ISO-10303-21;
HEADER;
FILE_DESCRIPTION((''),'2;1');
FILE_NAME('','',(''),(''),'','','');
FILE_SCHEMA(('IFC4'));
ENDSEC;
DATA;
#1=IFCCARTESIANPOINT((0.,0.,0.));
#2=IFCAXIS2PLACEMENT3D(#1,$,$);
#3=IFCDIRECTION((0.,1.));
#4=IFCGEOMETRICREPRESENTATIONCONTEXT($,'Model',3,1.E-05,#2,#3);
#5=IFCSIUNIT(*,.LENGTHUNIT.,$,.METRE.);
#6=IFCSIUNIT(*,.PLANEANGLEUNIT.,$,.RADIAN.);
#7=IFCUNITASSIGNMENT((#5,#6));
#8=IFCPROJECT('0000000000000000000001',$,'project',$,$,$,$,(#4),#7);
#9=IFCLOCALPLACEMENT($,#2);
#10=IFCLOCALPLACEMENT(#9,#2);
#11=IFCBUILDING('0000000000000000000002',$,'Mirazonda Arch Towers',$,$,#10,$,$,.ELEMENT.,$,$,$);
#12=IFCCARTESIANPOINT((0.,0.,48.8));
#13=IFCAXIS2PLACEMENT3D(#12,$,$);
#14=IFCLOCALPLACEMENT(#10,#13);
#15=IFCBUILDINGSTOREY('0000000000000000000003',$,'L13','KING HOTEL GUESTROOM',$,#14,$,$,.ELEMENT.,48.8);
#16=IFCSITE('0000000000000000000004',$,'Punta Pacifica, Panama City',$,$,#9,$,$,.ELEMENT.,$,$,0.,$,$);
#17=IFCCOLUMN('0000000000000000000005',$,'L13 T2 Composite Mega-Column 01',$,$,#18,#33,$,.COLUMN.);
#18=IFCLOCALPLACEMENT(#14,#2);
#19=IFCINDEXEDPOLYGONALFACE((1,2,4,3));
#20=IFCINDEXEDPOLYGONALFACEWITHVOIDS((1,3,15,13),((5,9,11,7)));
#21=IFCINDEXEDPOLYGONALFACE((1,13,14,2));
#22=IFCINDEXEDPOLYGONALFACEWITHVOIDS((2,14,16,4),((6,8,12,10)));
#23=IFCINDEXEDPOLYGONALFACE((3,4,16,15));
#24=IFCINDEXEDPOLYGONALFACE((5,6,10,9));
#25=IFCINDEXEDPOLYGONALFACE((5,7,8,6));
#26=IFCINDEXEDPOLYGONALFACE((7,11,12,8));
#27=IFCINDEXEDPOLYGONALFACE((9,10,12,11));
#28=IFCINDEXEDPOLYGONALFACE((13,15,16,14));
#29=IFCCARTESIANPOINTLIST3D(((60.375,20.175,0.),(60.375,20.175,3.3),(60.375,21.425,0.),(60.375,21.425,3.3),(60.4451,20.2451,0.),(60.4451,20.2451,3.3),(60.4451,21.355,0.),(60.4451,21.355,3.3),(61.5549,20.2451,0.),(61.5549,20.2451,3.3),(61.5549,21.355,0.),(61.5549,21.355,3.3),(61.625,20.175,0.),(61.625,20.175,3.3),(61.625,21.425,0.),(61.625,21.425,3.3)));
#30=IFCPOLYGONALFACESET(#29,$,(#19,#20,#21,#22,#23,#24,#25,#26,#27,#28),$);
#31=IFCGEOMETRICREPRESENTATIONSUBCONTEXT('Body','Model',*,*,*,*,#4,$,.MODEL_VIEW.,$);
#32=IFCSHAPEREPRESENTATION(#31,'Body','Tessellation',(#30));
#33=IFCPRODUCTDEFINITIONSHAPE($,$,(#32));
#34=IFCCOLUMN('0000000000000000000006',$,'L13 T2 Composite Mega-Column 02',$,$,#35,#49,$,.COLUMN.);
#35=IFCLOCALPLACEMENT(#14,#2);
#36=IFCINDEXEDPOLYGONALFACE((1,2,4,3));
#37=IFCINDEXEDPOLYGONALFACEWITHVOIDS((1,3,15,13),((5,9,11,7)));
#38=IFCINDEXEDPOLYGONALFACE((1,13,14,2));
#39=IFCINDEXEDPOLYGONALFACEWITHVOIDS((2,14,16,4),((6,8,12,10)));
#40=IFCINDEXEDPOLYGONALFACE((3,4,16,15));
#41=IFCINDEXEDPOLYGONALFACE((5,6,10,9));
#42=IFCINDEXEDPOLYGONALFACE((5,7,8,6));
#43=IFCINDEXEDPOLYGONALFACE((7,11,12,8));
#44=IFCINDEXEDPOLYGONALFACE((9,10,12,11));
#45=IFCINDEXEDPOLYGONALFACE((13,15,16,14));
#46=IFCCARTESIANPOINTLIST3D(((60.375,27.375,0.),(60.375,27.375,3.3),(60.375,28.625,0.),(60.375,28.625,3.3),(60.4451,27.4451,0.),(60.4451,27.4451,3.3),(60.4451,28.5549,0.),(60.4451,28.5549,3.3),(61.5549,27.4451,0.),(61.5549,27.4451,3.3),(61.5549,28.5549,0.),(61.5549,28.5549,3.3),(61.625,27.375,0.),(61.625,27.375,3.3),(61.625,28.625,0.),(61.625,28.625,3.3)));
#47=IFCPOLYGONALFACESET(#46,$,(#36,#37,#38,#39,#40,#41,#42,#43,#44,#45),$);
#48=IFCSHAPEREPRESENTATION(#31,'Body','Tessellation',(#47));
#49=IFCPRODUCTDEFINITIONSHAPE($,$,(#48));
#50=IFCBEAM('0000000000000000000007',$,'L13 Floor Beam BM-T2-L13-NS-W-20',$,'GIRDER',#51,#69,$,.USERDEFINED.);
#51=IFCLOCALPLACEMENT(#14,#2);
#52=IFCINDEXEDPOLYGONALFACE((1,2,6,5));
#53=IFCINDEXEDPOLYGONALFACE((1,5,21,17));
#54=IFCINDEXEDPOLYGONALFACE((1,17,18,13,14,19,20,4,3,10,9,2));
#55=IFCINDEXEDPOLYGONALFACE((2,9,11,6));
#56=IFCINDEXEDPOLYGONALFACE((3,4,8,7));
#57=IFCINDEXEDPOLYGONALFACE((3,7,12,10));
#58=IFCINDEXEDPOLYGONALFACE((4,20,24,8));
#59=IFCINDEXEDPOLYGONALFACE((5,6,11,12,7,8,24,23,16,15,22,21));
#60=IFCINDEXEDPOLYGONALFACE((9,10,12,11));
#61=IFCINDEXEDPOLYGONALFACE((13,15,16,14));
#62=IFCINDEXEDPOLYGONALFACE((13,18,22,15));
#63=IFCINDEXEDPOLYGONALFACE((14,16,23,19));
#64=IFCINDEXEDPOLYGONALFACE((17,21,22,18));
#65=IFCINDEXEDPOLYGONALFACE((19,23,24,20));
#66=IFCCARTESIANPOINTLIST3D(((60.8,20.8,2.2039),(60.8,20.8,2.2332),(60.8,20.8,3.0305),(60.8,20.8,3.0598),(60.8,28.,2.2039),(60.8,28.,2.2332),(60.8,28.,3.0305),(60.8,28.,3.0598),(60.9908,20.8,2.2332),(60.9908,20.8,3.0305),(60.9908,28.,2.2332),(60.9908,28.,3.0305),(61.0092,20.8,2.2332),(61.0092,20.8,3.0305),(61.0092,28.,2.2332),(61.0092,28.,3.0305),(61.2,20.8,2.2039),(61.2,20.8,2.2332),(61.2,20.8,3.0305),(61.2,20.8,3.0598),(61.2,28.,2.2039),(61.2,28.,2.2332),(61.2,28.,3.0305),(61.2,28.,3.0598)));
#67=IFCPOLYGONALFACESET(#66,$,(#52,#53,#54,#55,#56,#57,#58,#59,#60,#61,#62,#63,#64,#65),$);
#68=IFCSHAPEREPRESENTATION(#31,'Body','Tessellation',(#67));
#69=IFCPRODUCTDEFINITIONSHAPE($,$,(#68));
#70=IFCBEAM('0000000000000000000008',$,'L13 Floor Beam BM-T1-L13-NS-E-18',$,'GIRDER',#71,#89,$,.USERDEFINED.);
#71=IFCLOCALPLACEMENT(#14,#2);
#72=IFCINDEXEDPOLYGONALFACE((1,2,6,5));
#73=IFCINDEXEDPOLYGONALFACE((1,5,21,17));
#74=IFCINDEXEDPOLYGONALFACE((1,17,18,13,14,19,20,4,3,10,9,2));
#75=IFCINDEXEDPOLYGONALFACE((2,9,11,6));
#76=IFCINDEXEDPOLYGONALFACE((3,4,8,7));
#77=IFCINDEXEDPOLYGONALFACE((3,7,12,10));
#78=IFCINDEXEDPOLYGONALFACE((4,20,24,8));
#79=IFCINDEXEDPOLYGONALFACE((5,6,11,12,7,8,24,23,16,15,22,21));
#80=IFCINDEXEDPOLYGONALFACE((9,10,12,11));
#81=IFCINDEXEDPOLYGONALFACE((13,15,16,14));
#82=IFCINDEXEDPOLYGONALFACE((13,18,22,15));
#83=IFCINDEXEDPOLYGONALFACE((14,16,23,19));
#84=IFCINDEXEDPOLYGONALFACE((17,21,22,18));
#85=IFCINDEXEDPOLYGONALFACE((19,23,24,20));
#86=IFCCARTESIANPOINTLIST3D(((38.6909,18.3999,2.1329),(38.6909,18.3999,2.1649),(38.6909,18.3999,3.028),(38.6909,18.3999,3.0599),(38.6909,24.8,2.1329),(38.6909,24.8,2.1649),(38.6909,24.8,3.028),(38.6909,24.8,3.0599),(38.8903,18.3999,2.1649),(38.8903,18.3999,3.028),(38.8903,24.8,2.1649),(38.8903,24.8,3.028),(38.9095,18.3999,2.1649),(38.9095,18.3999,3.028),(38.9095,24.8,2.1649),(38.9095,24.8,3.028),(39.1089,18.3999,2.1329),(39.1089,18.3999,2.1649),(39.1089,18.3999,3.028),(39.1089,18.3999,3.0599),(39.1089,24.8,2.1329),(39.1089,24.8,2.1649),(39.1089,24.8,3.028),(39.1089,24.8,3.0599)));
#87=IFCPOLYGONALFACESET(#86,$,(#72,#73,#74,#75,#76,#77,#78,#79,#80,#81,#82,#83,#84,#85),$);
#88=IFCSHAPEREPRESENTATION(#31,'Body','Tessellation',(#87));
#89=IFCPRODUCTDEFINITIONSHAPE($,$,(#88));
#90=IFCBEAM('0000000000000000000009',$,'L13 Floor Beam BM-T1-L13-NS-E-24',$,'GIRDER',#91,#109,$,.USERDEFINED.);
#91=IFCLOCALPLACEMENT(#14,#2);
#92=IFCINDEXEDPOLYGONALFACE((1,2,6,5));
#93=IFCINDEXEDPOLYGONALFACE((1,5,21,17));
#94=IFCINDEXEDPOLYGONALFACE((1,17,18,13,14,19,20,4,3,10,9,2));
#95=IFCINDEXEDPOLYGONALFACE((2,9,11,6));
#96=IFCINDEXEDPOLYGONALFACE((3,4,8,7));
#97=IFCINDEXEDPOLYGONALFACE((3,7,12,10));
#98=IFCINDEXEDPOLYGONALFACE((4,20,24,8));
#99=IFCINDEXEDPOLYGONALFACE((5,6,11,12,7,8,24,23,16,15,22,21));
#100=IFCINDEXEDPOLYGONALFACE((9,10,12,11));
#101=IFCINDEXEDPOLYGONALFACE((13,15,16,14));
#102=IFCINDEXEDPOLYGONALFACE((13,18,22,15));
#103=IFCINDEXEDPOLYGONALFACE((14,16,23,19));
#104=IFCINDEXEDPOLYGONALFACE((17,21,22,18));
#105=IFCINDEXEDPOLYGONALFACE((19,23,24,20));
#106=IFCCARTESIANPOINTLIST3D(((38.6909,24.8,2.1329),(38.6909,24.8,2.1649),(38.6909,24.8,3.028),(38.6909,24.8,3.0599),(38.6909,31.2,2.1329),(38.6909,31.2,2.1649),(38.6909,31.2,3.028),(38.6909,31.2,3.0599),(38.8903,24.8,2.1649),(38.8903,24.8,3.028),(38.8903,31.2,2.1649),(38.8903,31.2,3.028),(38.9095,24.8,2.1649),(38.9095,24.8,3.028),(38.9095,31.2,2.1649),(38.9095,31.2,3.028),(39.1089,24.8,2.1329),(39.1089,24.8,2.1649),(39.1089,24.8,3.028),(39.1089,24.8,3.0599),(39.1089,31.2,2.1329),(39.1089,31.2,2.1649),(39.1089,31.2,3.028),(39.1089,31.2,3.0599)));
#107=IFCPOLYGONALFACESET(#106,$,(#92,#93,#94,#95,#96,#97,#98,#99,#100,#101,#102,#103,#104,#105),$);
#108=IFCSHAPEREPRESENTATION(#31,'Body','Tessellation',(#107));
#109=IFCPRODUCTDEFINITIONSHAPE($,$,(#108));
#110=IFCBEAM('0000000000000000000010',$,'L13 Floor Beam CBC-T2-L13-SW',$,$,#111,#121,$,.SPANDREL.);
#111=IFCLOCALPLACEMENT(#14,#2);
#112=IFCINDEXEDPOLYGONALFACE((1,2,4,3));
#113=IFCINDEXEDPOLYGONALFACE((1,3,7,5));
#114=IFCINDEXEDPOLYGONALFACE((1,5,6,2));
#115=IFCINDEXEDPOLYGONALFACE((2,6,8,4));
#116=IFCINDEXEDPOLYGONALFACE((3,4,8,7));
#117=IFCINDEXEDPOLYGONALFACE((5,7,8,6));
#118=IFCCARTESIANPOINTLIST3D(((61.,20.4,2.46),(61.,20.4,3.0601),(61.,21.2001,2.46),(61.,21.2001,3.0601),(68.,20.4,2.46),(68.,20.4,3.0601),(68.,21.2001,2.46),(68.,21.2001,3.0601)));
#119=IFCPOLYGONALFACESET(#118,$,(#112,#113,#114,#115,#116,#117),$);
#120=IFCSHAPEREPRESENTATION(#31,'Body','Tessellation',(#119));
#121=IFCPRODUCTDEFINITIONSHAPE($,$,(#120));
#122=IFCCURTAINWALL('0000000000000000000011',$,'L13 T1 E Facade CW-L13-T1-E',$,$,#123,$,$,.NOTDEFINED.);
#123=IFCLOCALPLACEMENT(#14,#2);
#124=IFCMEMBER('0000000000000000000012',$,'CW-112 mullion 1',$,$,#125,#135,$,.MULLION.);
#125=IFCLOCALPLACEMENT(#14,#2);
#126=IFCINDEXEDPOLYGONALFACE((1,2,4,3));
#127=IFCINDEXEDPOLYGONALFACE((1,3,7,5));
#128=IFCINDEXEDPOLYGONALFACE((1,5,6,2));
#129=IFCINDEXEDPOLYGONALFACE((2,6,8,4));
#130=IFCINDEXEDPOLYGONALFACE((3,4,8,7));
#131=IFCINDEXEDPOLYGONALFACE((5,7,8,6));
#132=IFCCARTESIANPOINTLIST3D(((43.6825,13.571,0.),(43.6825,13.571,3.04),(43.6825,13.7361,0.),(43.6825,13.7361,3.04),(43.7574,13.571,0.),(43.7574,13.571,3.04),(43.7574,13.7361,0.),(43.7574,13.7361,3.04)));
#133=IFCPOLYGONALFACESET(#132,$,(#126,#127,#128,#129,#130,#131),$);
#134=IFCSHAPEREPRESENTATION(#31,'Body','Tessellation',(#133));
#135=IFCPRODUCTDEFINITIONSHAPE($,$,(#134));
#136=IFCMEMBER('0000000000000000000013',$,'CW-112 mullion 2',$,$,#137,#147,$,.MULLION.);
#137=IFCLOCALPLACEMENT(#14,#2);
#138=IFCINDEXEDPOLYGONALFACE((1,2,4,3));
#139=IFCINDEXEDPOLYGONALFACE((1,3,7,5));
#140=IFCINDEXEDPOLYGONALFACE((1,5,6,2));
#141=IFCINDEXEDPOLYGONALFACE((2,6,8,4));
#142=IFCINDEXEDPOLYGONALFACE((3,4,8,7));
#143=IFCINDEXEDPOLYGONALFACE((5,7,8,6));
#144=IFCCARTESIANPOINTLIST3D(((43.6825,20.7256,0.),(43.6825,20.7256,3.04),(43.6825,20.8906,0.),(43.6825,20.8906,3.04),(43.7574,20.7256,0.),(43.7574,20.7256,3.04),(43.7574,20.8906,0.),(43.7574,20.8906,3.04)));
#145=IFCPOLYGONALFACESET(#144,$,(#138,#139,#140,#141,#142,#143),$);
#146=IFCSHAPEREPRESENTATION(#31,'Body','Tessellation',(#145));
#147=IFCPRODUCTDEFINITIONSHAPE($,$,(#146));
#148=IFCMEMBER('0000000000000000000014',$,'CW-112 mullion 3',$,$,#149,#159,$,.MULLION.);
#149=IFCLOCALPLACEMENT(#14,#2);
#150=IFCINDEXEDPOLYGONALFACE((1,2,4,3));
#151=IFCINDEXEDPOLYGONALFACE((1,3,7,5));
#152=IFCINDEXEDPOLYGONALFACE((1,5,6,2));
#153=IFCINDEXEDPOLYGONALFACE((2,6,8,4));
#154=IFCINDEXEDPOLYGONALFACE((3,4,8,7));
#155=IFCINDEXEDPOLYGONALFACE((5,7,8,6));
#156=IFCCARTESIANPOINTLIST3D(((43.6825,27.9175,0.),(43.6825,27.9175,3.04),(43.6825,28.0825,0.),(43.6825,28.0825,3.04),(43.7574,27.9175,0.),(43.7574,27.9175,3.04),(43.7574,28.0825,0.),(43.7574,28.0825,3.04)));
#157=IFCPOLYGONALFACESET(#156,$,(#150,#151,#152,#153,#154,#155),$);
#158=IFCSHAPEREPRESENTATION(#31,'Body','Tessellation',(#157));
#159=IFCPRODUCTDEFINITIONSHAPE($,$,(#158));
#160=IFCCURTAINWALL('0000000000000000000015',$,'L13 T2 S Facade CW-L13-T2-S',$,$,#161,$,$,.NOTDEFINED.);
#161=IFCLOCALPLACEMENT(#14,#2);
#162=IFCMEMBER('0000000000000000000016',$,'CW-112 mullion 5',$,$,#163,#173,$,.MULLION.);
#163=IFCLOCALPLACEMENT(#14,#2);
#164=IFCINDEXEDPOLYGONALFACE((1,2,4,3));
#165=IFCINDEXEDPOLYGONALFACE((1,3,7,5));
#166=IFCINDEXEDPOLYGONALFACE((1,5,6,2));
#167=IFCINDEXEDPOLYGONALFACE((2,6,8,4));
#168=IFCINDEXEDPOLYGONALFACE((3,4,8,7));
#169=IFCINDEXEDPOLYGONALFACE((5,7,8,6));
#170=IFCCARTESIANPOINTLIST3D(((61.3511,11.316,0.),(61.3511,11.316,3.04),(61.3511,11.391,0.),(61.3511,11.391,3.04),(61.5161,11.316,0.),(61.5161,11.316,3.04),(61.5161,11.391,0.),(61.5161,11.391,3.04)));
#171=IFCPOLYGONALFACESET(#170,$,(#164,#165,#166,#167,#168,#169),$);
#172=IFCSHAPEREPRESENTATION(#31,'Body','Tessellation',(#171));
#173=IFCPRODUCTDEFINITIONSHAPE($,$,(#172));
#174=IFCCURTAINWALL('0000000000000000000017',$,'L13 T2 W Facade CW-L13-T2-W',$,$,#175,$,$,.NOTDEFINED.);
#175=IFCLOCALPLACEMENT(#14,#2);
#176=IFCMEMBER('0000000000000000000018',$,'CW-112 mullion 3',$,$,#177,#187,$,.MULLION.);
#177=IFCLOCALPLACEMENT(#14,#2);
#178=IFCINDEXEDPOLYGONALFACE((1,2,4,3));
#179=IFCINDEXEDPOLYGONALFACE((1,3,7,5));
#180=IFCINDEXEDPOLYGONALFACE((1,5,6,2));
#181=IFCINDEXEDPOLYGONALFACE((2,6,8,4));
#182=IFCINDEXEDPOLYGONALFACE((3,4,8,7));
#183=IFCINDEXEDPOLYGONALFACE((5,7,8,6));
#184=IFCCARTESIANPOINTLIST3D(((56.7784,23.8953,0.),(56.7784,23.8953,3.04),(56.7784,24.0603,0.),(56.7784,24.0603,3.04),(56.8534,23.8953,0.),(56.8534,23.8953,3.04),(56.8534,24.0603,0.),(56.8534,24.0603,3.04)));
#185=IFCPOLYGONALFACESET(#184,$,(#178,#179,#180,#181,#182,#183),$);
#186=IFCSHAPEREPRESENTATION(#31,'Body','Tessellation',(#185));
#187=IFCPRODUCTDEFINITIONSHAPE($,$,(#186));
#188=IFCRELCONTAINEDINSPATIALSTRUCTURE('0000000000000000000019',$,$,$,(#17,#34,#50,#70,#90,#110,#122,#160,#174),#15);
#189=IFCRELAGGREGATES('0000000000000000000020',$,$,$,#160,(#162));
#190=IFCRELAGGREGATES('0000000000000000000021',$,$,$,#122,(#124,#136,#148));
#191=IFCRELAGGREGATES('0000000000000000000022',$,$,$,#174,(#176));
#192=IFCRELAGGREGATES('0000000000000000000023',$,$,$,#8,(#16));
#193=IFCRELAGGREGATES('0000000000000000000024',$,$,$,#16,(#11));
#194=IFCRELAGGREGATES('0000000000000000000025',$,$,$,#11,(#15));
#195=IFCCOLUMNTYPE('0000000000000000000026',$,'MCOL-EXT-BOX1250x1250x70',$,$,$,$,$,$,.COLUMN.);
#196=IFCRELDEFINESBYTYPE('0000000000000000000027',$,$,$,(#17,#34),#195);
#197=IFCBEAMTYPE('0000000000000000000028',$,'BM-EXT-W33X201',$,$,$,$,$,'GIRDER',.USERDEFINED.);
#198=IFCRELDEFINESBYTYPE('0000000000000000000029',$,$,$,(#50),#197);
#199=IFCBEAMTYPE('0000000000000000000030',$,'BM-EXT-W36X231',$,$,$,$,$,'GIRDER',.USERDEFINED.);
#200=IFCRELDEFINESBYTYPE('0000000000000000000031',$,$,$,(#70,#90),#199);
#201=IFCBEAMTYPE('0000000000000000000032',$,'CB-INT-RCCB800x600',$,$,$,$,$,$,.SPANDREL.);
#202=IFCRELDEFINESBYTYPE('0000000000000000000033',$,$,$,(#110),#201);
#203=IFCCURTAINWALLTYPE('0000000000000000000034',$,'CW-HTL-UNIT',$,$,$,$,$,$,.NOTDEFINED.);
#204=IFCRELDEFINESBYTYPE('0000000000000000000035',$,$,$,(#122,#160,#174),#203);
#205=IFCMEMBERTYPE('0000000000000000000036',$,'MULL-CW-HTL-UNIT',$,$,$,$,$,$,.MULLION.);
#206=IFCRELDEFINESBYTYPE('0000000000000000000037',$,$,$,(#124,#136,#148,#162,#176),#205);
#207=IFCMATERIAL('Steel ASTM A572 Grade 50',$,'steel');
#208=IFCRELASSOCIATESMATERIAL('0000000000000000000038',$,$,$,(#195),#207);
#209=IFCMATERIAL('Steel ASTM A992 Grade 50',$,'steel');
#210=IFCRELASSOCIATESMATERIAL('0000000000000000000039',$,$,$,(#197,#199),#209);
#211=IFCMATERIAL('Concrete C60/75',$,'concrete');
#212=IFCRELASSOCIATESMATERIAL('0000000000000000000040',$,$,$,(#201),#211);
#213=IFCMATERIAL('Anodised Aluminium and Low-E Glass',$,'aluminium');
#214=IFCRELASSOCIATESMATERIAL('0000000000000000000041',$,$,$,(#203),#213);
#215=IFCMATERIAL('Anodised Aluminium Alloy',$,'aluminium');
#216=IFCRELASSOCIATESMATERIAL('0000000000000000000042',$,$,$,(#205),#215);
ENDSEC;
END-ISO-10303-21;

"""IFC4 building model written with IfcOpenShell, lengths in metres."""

from ifc_helpers import new_model, si_unit, direction, frame, origin, origin_2d, place, context, subcontext, project, spatial, rectangle, hollow_rectangle, i_section, extrude, material, material_profile, profile_set, type_object, element, aggregate, save


model = new_model("IFC4")

# Units and contexts
model_context = context("Model", 3, precision=1e-05, world=origin(), true_north=direction((0.0, 1.0)))
body_context = subcontext(model_context, "Body", "Model", "MODEL_VIEW")
ifc_project = project(units=[si_unit("LENGTHUNIT", "METRE"), si_unit("PLANEANGLEUNIT", "RADIAN")], contexts=[model_context])

# Site, building, storey
site_placement = place(None, origin())
site = spatial("IfcSite", under=ifc_project, at=site_placement, Name="Punta Pacifica, Panama City", CompositionType="ELEMENT", RefElevation=0.0)
building_placement = place(site_placement, origin())
building = spatial("IfcBuilding", under=site, at=building_placement, Name="Mirazonda Arch Towers", CompositionType="ELEMENT")
storey_placement = place(building_placement, frame((0.0, 0.0, 48.8)))
storey = spatial("IfcBuildingStorey", under=building, at=storey_placement, Name="L13", Description="KING HOTEL GUESTROOM", CompositionType="ELEMENT", Elevation=48.8)

# Columns
ifc_material_1 = material(Name="Steel ASTM A572 Grade 50", Category="steel")
ifc_material_profile_1 = material_profile(ifc_material_1, hollow_rectangle(XDim=1.25, YDim=1.25, WallThickness=0.0701, at=origin_2d()), Name="BOX1250x1250x70")
ifc_profile_set_1 = profile_set([ifc_material_profile_1], Name="Steel ASTM A572 Grade 50")
column_type = type_object("IfcColumnType", Name="MCOL-EXT-BOX1250x1250x70", PredefinedType="COLUMN", material=ifc_profile_set_1)
for number, where, z_axis, x_axis, name in (
    (1, (61.0, 20.8, 0.0), (0.0, 0.0, 1.0), (1.0, 0.0, 0.0), "L13 T2 Composite Mega-Column 01"),
    (2, (61.0, 28.0, 0.0), (0.0, 0.0, 1.0), (1.0, 0.0, 0.0), "L13 T2 Composite Mega-Column 02"),
):
    element("IfcColumn", number, at=place(storey_placement, frame(where, z_axis=z_axis, x_axis=x_axis)), inside=storey, type_object=column_type, Name=name, PredefinedType="COLUMN", context=body_context, shape_type="SweptSolid", body=[
        extrude(hollow_rectangle(XDim=1.25, YDim=1.25, WallThickness=0.0701, at=origin_2d()), origin(), (0.0, 0.0, 1.0), 3.3),
    ])

# Beams
ifc_material_2 = material(Name="Steel ASTM A992 Grade 50", Category="steel")
ifc_material_profile_2 = material_profile(ifc_material_2, i_section(OverallWidth=0.3999, OverallDepth=0.856, WebThickness=0.0183, FlangeThickness=0.0293, at=origin_2d()), Name="W33X201")
ifc_profile_set_2 = profile_set([ifc_material_profile_2], Name="Steel ASTM A992 Grade 50")
beam_type_1 = type_object("IfcBeamType", Name="BM-EXT-W33X201", ElementType="GIRDER", PredefinedType="USERDEFINED", material=ifc_profile_set_2)
beam_1_placement = place(storey_placement, frame((61.0, 20.8, 2.6318), z_axis=(0.0, 1.0, 0.0), x_axis=(-1.0, 0.0, 0.0)))
element("IfcBeam", 3, at=beam_1_placement, inside=storey, type_object=beam_type_1, Name="L13 Floor Beam BM-T2-L13-NS-W-20", ObjectType="GIRDER", PredefinedType="USERDEFINED", context=body_context, shape_type="SweptSolid", body=[
    extrude(i_section(OverallWidth=0.3999, OverallDepth=0.856, WebThickness=0.0183, FlangeThickness=0.0293, at=origin_2d()), origin(), (0.0, 0.0, 1.0), 7.2),
])
ifc_material_profile_3 = material_profile(ifc_material_2, i_section(OverallWidth=0.418, OverallDepth=0.927, WebThickness=0.0193, FlangeThickness=0.032, at=origin_2d()), Name="W36X231")
ifc_profile_set_3 = profile_set([ifc_material_profile_3], Name="Steel ASTM A992 Grade 50")
beam_type_2 = type_object("IfcBeamType", Name="BM-EXT-W36X231", ElementType="GIRDER", PredefinedType="USERDEFINED", material=ifc_profile_set_3)
beam_2_placement = place(storey_placement, frame((38.8999, 18.3999, 2.5964), z_axis=(0.0, 1.0, 0.0), x_axis=(-1.0, 0.0, 0.0)))
element("IfcBeam", 4, at=beam_2_placement, inside=storey, type_object=beam_type_2, Name="L13 Floor Beam BM-T1-L13-NS-E-18", ObjectType="GIRDER", PredefinedType="USERDEFINED", context=body_context, shape_type="SweptSolid", body=[
    extrude(i_section(OverallWidth=0.418, OverallDepth=0.927, WebThickness=0.0193, FlangeThickness=0.032, at=origin_2d()), origin(), (0.0, 0.0, 1.0), 6.4001),
])
beam_3_placement = place(storey_placement, frame((38.8999, 24.8, 2.5964), z_axis=(0.0, 1.0, 0.0), x_axis=(-1.0, 0.0, 0.0)))
element("IfcBeam", 5, at=beam_3_placement, inside=storey, type_object=beam_type_2, Name="L13 Floor Beam BM-T1-L13-NS-E-24", ObjectType="GIRDER", PredefinedType="USERDEFINED", context=body_context, shape_type="SweptSolid", body=[
    extrude(i_section(OverallWidth=0.418, OverallDepth=0.927, WebThickness=0.0193, FlangeThickness=0.032, at=origin_2d()), origin(), (0.0, 0.0, 1.0), 6.3999),
])
ifc_material_3 = material(Name="Concrete C60/75", Category="concrete")
ifc_material_profile_4 = material_profile(ifc_material_3, rectangle(XDim=0.8, YDim=0.6001, at=origin_2d()), Name="RCCB800x600")
ifc_profile_set_4 = profile_set([ifc_material_profile_4], Name="Concrete C60/75")
beam_type_3 = type_object("IfcBeamType", Name="CB-INT-RCCB800x600", PredefinedType="SPANDREL", material=ifc_profile_set_4)
beam_4_placement = place(storey_placement, frame((61.0, 20.8, 2.76), z_axis=(1.0, 0.0, 0.0), x_axis=(0.0, 1.0, 0.0)))
element("IfcBeam", 6, at=beam_4_placement, inside=storey, type_object=beam_type_3, Name="L13 Floor Beam CBC-T2-L13-SW", PredefinedType="SPANDREL", context=body_context, shape_type="SweptSolid", body=[
    extrude(rectangle(XDim=0.8, YDim=0.6001, at=origin_2d()), origin(), (0.0, 0.0, 1.0), 7.0),
])

# Curtain wall, members
ifc_material_4 = material(Name="Anodised Aluminium and Low-E Glass", Category="aluminium")
curtain_wall_type = type_object("IfcCurtainWallType", Name="CW-HTL-UNIT", PredefinedType="NOTDEFINED", material=ifc_material_4)
curtain_wall_1_placement = place(storey_placement, origin())
curtain_wall_1 = element("IfcCurtainWall", 7, at=curtain_wall_1_placement, inside=storey, type_object=curtain_wall_type, Name="L13 T1 E Facade CW-L13-T1-E", PredefinedType="NOTDEFINED")
ifc_material_5 = material(Name="Anodised Aluminium Alloy", Category="aluminium")
ifc_material_profile_5 = material_profile(ifc_material_5, rectangle(XDim=0.075, YDim=0.165, at=origin_2d()), Name="ALU-MULL-75x165")
ifc_profile_set_5 = profile_set([ifc_material_profile_5], Name="Anodised Aluminium Alloy")
member_type_1 = type_object("IfcMemberType", Name="MULL-CW-HTL-UNIT", PredefinedType="MULLION", material=ifc_profile_set_5)
member_1_placement = place(storey_placement, frame((43.72, 13.6536, 0.0), z_axis=(0.0, 0.0, 1.0), x_axis=(-1.0, 0.0, 0.0)))
member_1 = element("IfcMember", 8, at=member_1_placement, type_object=member_type_1, Name="CW-112 mullion 1", PredefinedType="MULLION", context=body_context, shape_type="SweptSolid", body=[
    extrude(rectangle(XDim=0.075, YDim=0.165, at=origin_2d()), origin(), (0.0, 0.0, 1.0), 3.04),
])
member_2_placement = place(storey_placement, frame((43.72, 20.8081, 0.0), z_axis=(0.0, 0.0, 1.0), x_axis=(-1.0, 0.0, 0.0)))
member_2 = element("IfcMember", 9, at=member_2_placement, type_object=member_type_1, Name="CW-112 mullion 2", PredefinedType="MULLION", context=body_context, shape_type="SweptSolid", body=[
    extrude(rectangle(XDim=0.075, YDim=0.165, at=origin_2d()), origin(), (0.0, 0.0, 1.0), 3.04),
])
member_3_placement = place(storey_placement, frame((43.72, 28.0, 0.0), z_axis=(0.0, 0.0, 1.0), x_axis=(-1.0, 0.0, 0.0)))
member_3 = element("IfcMember", 10, at=member_3_placement, type_object=member_type_1, Name="CW-112 mullion 3", PredefinedType="MULLION", context=body_context, shape_type="SweptSolid", body=[
    extrude(rectangle(XDim=0.075, YDim=0.165, at=origin_2d()), origin(), (0.0, 0.0, 1.0), 3.04),
])

# Curtain wall, member
curtain_wall_2_placement = place(storey_placement, origin())
curtain_wall_2 = element("IfcCurtainWall", 11, at=curtain_wall_2_placement, inside=storey, type_object=curtain_wall_type, Name="L13 T2 S Facade CW-L13-T2-S", PredefinedType="NOTDEFINED")
member_4_placement = place(storey_placement, frame((61.4336, 11.3535, 0.0), z_axis=(0.0, 0.0, 1.0), x_axis=(0.0, -1.0, 0.0)))
member_4 = element("IfcMember", 12, at=member_4_placement, type_object=member_type_1, Name="CW-112 mullion 5", PredefinedType="MULLION", context=body_context, shape_type="SweptSolid", body=[
    extrude(rectangle(XDim=0.075, YDim=0.165, at=origin_2d()), origin(), (0.0, 0.0, 1.0), 3.04),
])
aggregate(curtain_wall_2, [member_4])

# Curtain wall, member
curtain_wall_3_placement = place(storey_placement, origin())
curtain_wall_3 = element("IfcCurtainWall", 13, at=curtain_wall_3_placement, inside=storey, type_object=curtain_wall_type, Name="L13 T2 W Facade CW-L13-T2-W", PredefinedType="NOTDEFINED")
member_5_placement = place(storey_placement, frame((56.8159, 23.9778, 0.0), z_axis=(0.0, 0.0, 1.0), x_axis=(1.0, 0.0, 0.0)))
member_5 = element("IfcMember", 14, at=member_5_placement, type_object=member_type_1, Name="CW-112 mullion 3", PredefinedType="MULLION", context=body_context, shape_type="SweptSolid", body=[
    extrude(rectangle(XDim=0.075, YDim=0.165, at=origin_2d()), origin(), (0.0, 0.0, 1.0), 3.04),
])

aggregate(curtain_wall_1, [member_1, member_2, member_3])
aggregate(curtain_wall_3, [member_5])

save(model, "model.ifc")
